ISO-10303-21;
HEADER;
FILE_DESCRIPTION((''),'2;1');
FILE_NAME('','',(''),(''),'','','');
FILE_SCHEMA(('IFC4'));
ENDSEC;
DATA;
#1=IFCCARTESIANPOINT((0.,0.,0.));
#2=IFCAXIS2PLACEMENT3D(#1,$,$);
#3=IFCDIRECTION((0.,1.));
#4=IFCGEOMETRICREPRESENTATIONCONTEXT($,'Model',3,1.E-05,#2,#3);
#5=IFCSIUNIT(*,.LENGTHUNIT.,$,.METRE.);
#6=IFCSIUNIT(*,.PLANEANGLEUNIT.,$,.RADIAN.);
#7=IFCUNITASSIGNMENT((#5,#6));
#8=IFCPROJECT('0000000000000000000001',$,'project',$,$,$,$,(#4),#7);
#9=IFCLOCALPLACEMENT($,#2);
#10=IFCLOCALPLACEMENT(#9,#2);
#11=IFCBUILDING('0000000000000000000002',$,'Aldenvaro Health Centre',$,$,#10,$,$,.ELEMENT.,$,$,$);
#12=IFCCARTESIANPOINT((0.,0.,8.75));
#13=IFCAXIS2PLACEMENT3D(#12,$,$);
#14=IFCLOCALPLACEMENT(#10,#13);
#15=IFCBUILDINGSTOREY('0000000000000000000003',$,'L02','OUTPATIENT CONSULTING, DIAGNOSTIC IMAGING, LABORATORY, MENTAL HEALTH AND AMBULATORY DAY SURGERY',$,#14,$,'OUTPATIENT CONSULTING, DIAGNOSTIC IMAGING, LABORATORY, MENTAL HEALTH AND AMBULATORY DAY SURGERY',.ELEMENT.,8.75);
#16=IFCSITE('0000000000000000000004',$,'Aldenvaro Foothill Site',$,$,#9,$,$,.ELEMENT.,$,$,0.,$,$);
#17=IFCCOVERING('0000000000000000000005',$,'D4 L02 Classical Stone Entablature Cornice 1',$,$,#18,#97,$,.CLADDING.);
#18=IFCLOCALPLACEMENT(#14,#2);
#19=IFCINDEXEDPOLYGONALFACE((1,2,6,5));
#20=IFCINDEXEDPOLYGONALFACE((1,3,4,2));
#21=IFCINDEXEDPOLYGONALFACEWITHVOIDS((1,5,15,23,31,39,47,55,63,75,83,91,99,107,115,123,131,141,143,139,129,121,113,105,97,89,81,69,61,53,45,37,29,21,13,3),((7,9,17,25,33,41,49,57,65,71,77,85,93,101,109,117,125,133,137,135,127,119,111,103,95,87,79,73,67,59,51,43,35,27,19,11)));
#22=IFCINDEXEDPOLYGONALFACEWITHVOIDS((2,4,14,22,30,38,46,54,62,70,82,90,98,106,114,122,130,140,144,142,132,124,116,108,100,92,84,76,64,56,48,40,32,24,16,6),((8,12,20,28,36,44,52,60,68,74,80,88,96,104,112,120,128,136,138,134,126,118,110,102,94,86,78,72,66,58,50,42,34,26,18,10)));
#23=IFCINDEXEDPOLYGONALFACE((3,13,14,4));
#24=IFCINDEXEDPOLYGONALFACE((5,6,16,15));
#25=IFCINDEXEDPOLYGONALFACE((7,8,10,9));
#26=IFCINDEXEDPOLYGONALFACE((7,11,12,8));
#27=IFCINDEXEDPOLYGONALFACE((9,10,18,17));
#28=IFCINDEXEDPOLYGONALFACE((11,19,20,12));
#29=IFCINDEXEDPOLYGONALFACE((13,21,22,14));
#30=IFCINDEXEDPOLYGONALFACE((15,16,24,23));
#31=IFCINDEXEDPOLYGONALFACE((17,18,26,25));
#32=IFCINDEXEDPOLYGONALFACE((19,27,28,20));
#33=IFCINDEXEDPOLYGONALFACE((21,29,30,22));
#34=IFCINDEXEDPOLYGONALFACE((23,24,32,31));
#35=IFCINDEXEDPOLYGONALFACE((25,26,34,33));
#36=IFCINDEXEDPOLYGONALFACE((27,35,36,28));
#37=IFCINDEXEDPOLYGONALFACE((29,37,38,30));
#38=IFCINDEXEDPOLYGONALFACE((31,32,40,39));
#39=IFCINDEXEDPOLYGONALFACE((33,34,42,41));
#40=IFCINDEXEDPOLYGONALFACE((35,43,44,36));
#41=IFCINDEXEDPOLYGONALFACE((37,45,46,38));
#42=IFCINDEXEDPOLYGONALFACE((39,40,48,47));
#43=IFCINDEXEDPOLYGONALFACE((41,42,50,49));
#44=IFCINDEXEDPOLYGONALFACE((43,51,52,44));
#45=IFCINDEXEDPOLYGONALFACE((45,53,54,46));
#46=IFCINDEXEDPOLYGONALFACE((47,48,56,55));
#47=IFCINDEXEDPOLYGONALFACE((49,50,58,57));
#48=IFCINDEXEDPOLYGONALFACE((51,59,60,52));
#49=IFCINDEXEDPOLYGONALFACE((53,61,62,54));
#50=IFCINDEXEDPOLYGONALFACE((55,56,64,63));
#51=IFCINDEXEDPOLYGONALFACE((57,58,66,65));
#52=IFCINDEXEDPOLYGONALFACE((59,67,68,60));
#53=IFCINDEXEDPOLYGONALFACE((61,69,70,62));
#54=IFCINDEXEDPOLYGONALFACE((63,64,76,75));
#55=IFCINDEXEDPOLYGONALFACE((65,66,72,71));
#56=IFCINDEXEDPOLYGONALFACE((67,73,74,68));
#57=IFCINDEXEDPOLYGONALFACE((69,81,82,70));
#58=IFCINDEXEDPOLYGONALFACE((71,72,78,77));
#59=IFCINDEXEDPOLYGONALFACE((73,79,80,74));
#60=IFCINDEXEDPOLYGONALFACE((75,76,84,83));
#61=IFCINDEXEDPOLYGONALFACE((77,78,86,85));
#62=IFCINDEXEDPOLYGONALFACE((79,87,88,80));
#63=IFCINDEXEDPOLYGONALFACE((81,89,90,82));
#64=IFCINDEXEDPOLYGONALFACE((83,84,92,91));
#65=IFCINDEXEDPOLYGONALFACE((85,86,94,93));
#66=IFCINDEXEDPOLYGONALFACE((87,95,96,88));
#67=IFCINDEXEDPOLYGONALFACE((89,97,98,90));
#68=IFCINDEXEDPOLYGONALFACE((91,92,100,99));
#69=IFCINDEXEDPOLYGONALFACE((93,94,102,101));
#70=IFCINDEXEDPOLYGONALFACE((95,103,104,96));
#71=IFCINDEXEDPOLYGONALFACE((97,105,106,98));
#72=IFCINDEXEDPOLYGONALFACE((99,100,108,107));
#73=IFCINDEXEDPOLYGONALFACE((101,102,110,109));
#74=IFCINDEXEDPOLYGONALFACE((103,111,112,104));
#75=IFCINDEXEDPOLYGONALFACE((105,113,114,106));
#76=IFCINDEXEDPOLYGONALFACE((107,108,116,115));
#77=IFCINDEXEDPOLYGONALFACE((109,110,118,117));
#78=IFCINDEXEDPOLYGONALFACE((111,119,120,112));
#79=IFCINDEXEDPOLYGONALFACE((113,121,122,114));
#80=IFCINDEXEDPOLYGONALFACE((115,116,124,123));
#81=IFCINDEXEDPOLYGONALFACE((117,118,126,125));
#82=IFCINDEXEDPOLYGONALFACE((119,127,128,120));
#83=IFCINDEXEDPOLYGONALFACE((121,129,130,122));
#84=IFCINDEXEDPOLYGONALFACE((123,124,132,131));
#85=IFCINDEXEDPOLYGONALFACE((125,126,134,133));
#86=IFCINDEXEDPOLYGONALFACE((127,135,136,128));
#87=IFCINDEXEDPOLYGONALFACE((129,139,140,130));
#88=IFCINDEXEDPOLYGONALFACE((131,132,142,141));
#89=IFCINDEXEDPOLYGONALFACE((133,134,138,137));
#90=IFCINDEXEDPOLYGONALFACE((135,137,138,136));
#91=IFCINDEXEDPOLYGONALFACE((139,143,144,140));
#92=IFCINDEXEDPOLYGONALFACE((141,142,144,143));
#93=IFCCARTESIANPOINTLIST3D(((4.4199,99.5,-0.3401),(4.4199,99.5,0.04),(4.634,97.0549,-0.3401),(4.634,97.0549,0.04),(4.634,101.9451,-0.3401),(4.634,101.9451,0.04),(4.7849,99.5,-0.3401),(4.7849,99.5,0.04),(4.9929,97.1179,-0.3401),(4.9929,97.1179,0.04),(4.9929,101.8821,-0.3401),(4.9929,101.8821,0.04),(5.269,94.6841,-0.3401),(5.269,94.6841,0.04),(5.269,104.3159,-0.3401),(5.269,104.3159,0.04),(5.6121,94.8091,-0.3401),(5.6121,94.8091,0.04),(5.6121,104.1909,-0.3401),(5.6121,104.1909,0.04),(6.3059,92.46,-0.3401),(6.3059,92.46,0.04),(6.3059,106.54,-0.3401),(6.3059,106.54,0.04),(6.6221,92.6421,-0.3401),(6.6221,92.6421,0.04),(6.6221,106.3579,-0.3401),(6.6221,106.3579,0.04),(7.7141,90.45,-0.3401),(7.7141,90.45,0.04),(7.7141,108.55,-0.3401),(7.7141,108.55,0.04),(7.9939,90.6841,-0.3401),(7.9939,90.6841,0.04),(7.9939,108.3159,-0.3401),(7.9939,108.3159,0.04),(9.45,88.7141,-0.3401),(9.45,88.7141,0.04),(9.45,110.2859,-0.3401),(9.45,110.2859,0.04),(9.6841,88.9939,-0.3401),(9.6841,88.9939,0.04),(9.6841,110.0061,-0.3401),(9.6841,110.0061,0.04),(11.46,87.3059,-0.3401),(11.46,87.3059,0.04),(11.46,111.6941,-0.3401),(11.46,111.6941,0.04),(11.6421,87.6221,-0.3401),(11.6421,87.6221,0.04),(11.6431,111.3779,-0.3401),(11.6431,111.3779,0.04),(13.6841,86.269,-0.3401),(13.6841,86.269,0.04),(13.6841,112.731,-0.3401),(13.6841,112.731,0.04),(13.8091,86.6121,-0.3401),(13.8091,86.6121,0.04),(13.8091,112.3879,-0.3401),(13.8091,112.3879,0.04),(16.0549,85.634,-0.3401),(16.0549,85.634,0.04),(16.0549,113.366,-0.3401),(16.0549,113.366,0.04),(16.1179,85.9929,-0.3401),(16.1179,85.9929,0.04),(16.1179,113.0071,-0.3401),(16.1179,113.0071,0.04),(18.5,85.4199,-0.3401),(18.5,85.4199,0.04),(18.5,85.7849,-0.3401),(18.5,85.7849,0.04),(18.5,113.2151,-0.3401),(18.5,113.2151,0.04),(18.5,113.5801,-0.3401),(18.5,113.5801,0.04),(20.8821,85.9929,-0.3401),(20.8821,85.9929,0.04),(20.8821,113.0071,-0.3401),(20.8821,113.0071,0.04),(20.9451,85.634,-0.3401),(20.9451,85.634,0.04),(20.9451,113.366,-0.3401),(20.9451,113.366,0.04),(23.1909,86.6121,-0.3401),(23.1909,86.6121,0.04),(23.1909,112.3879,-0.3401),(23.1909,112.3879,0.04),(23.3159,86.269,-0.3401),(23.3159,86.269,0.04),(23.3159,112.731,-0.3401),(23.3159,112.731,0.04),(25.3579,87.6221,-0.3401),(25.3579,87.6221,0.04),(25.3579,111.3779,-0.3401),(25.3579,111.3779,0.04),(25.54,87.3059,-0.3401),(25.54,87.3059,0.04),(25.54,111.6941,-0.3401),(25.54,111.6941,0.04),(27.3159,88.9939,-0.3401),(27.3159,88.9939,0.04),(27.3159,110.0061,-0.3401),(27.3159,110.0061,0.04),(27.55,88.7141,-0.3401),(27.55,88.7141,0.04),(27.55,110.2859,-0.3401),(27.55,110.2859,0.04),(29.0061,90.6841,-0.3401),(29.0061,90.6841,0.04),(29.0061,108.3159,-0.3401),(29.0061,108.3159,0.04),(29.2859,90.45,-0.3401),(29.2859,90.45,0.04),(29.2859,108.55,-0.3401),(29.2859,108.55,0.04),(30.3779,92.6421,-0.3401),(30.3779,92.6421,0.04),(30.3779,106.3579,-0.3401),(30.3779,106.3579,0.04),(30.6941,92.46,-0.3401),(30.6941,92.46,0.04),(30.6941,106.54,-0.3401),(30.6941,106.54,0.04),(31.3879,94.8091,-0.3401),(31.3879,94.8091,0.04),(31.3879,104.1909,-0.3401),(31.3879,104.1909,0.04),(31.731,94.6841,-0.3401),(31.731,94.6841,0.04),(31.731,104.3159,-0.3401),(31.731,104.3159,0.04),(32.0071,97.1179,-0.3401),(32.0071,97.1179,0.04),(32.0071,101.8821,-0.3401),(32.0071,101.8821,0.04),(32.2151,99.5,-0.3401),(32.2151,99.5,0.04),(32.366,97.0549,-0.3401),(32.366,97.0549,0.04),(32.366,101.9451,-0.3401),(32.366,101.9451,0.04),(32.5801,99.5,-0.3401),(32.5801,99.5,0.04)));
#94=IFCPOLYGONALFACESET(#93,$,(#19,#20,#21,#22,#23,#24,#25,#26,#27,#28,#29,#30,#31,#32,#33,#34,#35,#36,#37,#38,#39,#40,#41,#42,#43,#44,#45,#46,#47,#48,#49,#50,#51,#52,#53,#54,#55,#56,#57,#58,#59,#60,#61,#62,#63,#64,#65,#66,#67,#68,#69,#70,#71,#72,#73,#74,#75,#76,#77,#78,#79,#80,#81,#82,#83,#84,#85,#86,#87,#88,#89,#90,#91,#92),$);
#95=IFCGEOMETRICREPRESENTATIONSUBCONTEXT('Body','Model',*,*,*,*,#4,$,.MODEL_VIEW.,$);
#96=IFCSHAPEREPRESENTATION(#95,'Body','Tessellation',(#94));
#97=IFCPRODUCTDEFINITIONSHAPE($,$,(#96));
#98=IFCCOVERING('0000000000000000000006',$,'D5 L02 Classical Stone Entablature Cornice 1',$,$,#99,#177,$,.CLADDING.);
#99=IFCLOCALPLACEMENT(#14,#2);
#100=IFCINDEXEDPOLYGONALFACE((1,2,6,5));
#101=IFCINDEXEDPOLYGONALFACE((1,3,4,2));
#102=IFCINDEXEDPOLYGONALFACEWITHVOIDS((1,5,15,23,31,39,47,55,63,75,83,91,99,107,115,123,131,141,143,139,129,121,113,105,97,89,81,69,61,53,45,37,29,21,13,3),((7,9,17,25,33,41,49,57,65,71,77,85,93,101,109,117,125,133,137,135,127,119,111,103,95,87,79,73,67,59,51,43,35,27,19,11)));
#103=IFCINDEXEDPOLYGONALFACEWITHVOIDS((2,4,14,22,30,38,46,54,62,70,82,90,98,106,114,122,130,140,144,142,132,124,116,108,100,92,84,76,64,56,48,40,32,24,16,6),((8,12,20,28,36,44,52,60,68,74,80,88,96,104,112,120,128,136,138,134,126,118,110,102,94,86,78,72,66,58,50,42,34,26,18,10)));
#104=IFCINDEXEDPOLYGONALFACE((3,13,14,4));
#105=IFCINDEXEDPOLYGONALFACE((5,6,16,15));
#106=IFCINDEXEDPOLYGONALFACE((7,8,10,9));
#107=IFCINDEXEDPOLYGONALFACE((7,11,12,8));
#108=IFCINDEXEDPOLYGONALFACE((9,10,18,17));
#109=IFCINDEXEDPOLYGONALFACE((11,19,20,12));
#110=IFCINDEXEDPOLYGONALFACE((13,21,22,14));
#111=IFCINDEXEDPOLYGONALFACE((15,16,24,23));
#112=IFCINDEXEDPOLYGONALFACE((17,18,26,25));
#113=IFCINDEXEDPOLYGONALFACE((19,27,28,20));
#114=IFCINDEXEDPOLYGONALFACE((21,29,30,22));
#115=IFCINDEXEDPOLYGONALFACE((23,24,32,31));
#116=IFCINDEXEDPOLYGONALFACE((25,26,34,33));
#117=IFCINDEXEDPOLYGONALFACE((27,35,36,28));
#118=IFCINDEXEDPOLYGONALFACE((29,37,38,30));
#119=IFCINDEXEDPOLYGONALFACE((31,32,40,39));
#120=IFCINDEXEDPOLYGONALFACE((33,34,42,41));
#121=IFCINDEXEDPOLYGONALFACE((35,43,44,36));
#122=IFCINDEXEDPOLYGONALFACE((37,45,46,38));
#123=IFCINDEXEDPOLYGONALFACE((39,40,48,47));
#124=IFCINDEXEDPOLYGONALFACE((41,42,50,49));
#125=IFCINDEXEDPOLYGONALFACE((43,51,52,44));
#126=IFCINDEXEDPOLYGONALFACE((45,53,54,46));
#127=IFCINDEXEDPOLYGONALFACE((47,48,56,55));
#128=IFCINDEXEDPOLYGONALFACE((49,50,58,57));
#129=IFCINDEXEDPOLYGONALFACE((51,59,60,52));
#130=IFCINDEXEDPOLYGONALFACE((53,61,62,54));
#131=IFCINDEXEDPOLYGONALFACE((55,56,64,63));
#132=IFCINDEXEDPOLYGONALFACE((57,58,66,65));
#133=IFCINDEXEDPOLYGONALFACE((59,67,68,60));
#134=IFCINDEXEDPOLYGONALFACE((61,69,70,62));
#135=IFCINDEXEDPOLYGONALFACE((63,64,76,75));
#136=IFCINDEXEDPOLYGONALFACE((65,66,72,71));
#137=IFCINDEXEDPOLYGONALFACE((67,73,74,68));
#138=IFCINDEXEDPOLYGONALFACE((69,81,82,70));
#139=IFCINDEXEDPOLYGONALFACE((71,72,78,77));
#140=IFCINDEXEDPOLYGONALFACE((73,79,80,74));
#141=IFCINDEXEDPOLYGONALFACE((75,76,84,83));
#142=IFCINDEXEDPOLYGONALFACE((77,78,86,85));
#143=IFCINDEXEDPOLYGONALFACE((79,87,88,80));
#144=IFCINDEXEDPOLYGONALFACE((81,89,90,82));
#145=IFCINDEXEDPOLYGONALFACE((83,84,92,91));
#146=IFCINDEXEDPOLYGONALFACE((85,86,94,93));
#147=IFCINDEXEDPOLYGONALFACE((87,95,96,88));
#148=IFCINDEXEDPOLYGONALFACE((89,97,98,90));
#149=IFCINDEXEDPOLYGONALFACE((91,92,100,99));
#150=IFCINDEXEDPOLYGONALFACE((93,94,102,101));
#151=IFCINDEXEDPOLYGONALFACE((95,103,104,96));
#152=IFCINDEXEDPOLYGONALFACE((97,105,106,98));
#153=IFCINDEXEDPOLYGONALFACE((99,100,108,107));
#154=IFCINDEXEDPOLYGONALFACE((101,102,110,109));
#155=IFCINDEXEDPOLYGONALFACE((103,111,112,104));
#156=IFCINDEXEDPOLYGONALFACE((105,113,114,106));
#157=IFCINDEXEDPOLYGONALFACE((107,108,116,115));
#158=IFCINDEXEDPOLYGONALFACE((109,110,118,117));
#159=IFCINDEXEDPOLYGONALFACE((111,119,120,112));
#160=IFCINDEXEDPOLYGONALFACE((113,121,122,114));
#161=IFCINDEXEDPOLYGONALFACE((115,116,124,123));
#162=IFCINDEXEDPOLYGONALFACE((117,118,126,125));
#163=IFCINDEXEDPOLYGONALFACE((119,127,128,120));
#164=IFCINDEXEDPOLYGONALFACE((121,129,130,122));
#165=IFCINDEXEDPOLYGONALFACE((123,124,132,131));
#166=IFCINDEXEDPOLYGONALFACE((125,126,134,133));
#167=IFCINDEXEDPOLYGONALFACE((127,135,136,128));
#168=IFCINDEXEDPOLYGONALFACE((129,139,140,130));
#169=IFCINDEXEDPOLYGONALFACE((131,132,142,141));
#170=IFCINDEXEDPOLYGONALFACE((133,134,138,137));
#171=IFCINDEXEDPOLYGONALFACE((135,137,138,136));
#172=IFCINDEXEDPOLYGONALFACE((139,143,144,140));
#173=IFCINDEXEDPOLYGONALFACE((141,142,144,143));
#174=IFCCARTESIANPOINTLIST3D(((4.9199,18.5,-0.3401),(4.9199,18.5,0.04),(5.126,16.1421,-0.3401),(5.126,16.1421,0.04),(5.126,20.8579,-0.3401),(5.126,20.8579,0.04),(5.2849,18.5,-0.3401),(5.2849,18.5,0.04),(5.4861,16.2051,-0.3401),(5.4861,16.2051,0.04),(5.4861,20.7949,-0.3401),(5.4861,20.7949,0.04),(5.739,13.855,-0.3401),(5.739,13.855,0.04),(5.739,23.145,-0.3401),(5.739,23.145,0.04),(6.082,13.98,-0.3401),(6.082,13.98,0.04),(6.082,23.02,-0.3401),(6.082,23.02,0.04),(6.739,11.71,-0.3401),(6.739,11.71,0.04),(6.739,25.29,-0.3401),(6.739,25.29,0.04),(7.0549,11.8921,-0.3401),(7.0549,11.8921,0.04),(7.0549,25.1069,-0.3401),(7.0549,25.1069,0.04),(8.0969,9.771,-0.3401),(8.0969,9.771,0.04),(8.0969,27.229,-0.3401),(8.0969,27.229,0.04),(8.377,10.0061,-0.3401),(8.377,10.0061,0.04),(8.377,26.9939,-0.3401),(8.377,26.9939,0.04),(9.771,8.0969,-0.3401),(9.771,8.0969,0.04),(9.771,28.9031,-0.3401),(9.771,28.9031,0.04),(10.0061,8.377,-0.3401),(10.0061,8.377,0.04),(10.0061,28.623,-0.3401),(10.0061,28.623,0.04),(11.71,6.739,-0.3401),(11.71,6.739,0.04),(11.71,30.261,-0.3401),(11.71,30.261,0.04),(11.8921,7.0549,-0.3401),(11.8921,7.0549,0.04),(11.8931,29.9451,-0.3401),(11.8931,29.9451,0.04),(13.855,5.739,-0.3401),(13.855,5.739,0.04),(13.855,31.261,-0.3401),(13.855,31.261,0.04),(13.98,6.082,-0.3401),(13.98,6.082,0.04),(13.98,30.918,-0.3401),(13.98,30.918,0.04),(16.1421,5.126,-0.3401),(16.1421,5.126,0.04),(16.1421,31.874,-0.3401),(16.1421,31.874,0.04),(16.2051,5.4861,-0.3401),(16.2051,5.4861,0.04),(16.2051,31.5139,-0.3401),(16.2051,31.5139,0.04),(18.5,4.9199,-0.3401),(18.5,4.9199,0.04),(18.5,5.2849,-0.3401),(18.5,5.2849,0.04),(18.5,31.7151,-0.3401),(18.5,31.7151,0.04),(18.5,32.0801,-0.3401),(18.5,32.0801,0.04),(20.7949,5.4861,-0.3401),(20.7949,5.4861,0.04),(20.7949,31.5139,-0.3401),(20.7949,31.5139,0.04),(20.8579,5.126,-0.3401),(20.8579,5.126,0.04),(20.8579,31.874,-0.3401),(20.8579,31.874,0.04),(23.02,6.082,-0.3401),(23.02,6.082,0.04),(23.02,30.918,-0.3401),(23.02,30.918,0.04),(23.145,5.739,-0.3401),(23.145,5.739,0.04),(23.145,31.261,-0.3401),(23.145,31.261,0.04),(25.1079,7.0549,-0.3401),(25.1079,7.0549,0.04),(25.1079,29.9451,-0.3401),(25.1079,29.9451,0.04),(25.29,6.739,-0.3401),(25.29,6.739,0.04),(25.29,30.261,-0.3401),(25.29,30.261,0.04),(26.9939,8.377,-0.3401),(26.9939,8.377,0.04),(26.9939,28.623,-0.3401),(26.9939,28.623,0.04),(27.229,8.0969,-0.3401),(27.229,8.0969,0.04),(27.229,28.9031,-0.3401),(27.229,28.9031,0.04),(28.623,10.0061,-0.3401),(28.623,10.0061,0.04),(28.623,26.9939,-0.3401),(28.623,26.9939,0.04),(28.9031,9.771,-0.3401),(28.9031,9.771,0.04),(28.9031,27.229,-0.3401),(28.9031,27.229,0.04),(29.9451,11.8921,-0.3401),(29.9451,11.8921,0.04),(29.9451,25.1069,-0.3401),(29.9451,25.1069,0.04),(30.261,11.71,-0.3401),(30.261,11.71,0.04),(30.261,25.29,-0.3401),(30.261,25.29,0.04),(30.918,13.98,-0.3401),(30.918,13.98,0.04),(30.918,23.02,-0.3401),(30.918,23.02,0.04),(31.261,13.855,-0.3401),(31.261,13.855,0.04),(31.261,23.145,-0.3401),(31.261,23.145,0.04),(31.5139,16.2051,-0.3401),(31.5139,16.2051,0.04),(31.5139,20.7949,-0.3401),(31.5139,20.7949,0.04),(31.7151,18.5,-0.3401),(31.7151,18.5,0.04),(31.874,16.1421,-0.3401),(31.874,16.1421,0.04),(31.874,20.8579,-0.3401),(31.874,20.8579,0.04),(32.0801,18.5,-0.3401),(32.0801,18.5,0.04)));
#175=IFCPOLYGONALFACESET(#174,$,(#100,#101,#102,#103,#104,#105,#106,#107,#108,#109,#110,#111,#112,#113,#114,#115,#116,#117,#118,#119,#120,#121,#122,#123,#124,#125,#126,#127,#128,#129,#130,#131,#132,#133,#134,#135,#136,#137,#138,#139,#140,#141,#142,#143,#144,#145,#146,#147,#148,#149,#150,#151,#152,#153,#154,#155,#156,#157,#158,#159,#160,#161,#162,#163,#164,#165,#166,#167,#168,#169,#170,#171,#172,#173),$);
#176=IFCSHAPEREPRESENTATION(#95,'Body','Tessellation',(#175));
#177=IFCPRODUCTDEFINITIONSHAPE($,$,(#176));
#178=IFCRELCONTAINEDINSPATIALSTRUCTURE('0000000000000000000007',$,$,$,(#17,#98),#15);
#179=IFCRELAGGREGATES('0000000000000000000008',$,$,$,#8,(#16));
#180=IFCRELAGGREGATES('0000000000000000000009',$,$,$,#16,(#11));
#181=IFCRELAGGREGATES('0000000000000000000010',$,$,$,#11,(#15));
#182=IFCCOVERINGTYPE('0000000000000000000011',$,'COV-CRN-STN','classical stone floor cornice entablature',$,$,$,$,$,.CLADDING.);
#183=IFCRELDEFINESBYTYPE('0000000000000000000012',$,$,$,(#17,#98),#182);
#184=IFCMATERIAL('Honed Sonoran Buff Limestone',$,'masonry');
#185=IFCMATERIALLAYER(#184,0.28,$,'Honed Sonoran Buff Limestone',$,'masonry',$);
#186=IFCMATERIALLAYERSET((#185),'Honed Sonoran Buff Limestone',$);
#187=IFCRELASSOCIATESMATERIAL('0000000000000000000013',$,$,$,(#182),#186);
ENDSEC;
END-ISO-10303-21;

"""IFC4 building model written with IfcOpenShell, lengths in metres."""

from ifc_helpers import new_model, si_unit, direction, frame, origin, place, context, subcontext, project, spatial, polyline, outline, extrude, material, layer, layer_set, type_object, element, save


model = new_model("IFC4")

# Units and contexts
model_context = context("Model", 3, precision=1e-05, world=origin(), true_north=direction((0.0, 1.0)))
body_context = subcontext(model_context, "Body", "Model", "MODEL_VIEW")
ifc_project = project(units=[si_unit("LENGTHUNIT", "METRE"), si_unit("PLANEANGLEUNIT", "RADIAN")], contexts=[model_context])

# Site, building, storey
site_placement = place(None, origin())
site = spatial("IfcSite", under=ifc_project, at=site_placement, Name="Aldenvaro Foothill Site", CompositionType="ELEMENT", RefElevation=0.0)
building_placement = place(site_placement, origin())
building = spatial("IfcBuilding", under=site, at=building_placement, Name="Aldenvaro Health Centre", CompositionType="ELEMENT")
storey_placement = place(building_placement, frame((0.0, 0.0, 8.75)))
storey = spatial("IfcBuildingStorey", under=building, at=storey_placement, Name="L02", Description="OUTPATIENT CONSULTING, DIAGNOSTIC IMAGING, LABORATORY, MENTAL HEALTH AND AMBULATORY DAY SURGERY", LongName="OUTPATIENT CONSULTING, DIAGNOSTIC IMAGING, LABORATORY, MENTAL HEALTH AND AMBULATORY DAY SURGERY", CompositionType="ELEMENT", Elevation=8.75)

# Coverings
ifc_material_1 = material(Name="Honed Sonoran Buff Limestone", Category="masonry")
ifc_layer_1 = layer(ifc_material_1, 0.28, Name="Honed Sonoran Buff Limestone", Category="masonry")
ifc_layer_set_1 = layer_set([ifc_layer_1], Name="Honed Sonoran Buff Limestone")
covering_type = type_object("IfcCoveringType", Name="COV-CRN-STN", Description="classical stone floor cornice entablature", PredefinedType="CLADDING", material=ifc_layer_set_1)
covering_1_placement = place(storey_placement, frame((0.0, 0.0, -0.3401)))
element("IfcCovering", 1, at=covering_1_placement, inside=storey, type_object=covering_type, Name="D4 L02 Classical Stone Entablature Cornice 1", PredefinedType="CLADDING", context=body_context, shape_type="SweptSolid", body=[
    extrude(outline(polyline([(32.5801, 99.5), (32.366, 101.9451), (31.731, 104.3159), (30.6941, 106.54), (29.2859, 108.55), (27.55, 110.2859), (25.54, 111.6941), (23.3159, 112.731), (20.9451, 113.366), (18.5, 113.5801), (16.0549, 113.366), (13.6841, 112.731), (11.46, 111.6941), (9.45, 110.2859), (7.7141, 108.55), (6.3059, 106.54), (5.269, 104.3159), (4.634, 101.9451), (4.4199, 99.5), (4.634, 97.0549), (5.269, 94.6841), (6.3059, 92.46), (7.7141, 90.45), (9.45, 88.7141), (11.46, 87.3059), (13.6841, 86.269), (16.0549, 85.634), (18.5, 85.4199), (20.9451, 85.634), (23.3159, 86.269), (25.54, 87.3059), (27.55, 88.7141), (29.2859, 90.45), (30.6941, 92.46), (31.731, 94.6841), (32.366, 97.0549), (32.5801, 99.5)]), holes=[polyline([(32.2151, 99.5), (32.0071, 97.1179), (31.3879, 94.8091), (30.3779, 92.6421), (29.0061, 90.6841), (27.3159, 88.9939), (25.3579, 87.6221), (23.1909, 86.6121), (20.8821, 85.9929), (18.5, 85.7849), (16.1179, 85.9929), (13.8091, 86.6121), (11.6421, 87.6221), (9.6841, 88.9939), (7.9939, 90.6841), (6.6221, 92.6421), (5.6121, 94.8091), (4.9929, 97.1179), (4.7849, 99.5), (4.9929, 101.8821), (5.6121, 104.1909), (6.6221, 106.3579), (7.9939, 108.3159), (9.6841, 110.0061), (11.6431, 111.3779), (13.8091, 112.3879), (16.1179, 113.0071), (18.5, 113.2151), (20.8821, 113.0071), (23.1909, 112.3879), (25.3579, 111.3779), (27.3159, 110.0061), (29.0061, 108.3159), (30.3779, 106.3579), (31.3879, 104.1909), (32.0071, 101.8821), (32.2151, 99.5)])]), origin(), (0.0, 0.0, 1.0), 0.3801),
])
covering_2_placement = place(storey_placement, frame((0.0, 0.0, -0.3401)))
element("IfcCovering", 2, at=covering_2_placement, inside=storey, type_object=covering_type, Name="D5 L02 Classical Stone Entablature Cornice 1", PredefinedType="CLADDING", context=body_context, shape_type="SweptSolid", body=[
    extrude(outline(polyline([(32.0801, 18.5), (31.874, 20.8579), (31.261, 23.145), (30.261, 25.29), (28.9031, 27.229), (27.229, 28.9031), (25.29, 30.261), (23.145, 31.261), (20.8579, 31.874), (18.5, 32.0801), (16.1421, 31.874), (13.855, 31.261), (11.71, 30.261), (9.771, 28.9031), (8.0969, 27.229), (6.739, 25.29), (5.739, 23.145), (5.126, 20.8579), (4.9199, 18.5), (5.126, 16.1421), (5.739, 13.855), (6.739, 11.71), (8.0969, 9.771), (9.771, 8.0969), (11.71, 6.739), (13.855, 5.739), (16.1421, 5.126), (18.5, 4.9199), (20.8579, 5.126), (23.145, 5.739), (25.29, 6.739), (27.229, 8.0969), (28.9031, 9.771), (30.261, 11.71), (31.261, 13.855), (31.874, 16.1421), (32.0801, 18.5)]), holes=[polyline([(31.7151, 18.5), (31.5139, 16.2051), (30.918, 13.98), (29.9451, 11.8921), (28.623, 10.0061), (26.9939, 8.377), (25.1079, 7.0549), (23.02, 6.082), (20.7949, 5.4861), (18.5, 5.2849), (16.2051, 5.4861), (13.98, 6.082), (11.8921, 7.0549), (10.0061, 8.377), (8.377, 10.0061), (7.0549, 11.8921), (6.082, 13.98), (5.4861, 16.2051), (5.2849, 18.5), (5.4861, 20.7949), (6.082, 23.02), (7.0549, 25.1069), (8.377, 26.9939), (10.0061, 28.623), (11.8931, 29.9451), (13.98, 30.918), (16.2051, 31.5139), (18.5, 31.7151), (20.7949, 31.5139), (23.02, 30.918), (25.1079, 29.9451), (26.9939, 28.623), (28.623, 26.9939), (29.9451, 25.1069), (30.918, 23.02), (31.5139, 20.7949), (31.7151, 18.5)])]), origin(), (0.0, 0.0, 1.0), 0.3801),
])

save(model, "model.ifc")
